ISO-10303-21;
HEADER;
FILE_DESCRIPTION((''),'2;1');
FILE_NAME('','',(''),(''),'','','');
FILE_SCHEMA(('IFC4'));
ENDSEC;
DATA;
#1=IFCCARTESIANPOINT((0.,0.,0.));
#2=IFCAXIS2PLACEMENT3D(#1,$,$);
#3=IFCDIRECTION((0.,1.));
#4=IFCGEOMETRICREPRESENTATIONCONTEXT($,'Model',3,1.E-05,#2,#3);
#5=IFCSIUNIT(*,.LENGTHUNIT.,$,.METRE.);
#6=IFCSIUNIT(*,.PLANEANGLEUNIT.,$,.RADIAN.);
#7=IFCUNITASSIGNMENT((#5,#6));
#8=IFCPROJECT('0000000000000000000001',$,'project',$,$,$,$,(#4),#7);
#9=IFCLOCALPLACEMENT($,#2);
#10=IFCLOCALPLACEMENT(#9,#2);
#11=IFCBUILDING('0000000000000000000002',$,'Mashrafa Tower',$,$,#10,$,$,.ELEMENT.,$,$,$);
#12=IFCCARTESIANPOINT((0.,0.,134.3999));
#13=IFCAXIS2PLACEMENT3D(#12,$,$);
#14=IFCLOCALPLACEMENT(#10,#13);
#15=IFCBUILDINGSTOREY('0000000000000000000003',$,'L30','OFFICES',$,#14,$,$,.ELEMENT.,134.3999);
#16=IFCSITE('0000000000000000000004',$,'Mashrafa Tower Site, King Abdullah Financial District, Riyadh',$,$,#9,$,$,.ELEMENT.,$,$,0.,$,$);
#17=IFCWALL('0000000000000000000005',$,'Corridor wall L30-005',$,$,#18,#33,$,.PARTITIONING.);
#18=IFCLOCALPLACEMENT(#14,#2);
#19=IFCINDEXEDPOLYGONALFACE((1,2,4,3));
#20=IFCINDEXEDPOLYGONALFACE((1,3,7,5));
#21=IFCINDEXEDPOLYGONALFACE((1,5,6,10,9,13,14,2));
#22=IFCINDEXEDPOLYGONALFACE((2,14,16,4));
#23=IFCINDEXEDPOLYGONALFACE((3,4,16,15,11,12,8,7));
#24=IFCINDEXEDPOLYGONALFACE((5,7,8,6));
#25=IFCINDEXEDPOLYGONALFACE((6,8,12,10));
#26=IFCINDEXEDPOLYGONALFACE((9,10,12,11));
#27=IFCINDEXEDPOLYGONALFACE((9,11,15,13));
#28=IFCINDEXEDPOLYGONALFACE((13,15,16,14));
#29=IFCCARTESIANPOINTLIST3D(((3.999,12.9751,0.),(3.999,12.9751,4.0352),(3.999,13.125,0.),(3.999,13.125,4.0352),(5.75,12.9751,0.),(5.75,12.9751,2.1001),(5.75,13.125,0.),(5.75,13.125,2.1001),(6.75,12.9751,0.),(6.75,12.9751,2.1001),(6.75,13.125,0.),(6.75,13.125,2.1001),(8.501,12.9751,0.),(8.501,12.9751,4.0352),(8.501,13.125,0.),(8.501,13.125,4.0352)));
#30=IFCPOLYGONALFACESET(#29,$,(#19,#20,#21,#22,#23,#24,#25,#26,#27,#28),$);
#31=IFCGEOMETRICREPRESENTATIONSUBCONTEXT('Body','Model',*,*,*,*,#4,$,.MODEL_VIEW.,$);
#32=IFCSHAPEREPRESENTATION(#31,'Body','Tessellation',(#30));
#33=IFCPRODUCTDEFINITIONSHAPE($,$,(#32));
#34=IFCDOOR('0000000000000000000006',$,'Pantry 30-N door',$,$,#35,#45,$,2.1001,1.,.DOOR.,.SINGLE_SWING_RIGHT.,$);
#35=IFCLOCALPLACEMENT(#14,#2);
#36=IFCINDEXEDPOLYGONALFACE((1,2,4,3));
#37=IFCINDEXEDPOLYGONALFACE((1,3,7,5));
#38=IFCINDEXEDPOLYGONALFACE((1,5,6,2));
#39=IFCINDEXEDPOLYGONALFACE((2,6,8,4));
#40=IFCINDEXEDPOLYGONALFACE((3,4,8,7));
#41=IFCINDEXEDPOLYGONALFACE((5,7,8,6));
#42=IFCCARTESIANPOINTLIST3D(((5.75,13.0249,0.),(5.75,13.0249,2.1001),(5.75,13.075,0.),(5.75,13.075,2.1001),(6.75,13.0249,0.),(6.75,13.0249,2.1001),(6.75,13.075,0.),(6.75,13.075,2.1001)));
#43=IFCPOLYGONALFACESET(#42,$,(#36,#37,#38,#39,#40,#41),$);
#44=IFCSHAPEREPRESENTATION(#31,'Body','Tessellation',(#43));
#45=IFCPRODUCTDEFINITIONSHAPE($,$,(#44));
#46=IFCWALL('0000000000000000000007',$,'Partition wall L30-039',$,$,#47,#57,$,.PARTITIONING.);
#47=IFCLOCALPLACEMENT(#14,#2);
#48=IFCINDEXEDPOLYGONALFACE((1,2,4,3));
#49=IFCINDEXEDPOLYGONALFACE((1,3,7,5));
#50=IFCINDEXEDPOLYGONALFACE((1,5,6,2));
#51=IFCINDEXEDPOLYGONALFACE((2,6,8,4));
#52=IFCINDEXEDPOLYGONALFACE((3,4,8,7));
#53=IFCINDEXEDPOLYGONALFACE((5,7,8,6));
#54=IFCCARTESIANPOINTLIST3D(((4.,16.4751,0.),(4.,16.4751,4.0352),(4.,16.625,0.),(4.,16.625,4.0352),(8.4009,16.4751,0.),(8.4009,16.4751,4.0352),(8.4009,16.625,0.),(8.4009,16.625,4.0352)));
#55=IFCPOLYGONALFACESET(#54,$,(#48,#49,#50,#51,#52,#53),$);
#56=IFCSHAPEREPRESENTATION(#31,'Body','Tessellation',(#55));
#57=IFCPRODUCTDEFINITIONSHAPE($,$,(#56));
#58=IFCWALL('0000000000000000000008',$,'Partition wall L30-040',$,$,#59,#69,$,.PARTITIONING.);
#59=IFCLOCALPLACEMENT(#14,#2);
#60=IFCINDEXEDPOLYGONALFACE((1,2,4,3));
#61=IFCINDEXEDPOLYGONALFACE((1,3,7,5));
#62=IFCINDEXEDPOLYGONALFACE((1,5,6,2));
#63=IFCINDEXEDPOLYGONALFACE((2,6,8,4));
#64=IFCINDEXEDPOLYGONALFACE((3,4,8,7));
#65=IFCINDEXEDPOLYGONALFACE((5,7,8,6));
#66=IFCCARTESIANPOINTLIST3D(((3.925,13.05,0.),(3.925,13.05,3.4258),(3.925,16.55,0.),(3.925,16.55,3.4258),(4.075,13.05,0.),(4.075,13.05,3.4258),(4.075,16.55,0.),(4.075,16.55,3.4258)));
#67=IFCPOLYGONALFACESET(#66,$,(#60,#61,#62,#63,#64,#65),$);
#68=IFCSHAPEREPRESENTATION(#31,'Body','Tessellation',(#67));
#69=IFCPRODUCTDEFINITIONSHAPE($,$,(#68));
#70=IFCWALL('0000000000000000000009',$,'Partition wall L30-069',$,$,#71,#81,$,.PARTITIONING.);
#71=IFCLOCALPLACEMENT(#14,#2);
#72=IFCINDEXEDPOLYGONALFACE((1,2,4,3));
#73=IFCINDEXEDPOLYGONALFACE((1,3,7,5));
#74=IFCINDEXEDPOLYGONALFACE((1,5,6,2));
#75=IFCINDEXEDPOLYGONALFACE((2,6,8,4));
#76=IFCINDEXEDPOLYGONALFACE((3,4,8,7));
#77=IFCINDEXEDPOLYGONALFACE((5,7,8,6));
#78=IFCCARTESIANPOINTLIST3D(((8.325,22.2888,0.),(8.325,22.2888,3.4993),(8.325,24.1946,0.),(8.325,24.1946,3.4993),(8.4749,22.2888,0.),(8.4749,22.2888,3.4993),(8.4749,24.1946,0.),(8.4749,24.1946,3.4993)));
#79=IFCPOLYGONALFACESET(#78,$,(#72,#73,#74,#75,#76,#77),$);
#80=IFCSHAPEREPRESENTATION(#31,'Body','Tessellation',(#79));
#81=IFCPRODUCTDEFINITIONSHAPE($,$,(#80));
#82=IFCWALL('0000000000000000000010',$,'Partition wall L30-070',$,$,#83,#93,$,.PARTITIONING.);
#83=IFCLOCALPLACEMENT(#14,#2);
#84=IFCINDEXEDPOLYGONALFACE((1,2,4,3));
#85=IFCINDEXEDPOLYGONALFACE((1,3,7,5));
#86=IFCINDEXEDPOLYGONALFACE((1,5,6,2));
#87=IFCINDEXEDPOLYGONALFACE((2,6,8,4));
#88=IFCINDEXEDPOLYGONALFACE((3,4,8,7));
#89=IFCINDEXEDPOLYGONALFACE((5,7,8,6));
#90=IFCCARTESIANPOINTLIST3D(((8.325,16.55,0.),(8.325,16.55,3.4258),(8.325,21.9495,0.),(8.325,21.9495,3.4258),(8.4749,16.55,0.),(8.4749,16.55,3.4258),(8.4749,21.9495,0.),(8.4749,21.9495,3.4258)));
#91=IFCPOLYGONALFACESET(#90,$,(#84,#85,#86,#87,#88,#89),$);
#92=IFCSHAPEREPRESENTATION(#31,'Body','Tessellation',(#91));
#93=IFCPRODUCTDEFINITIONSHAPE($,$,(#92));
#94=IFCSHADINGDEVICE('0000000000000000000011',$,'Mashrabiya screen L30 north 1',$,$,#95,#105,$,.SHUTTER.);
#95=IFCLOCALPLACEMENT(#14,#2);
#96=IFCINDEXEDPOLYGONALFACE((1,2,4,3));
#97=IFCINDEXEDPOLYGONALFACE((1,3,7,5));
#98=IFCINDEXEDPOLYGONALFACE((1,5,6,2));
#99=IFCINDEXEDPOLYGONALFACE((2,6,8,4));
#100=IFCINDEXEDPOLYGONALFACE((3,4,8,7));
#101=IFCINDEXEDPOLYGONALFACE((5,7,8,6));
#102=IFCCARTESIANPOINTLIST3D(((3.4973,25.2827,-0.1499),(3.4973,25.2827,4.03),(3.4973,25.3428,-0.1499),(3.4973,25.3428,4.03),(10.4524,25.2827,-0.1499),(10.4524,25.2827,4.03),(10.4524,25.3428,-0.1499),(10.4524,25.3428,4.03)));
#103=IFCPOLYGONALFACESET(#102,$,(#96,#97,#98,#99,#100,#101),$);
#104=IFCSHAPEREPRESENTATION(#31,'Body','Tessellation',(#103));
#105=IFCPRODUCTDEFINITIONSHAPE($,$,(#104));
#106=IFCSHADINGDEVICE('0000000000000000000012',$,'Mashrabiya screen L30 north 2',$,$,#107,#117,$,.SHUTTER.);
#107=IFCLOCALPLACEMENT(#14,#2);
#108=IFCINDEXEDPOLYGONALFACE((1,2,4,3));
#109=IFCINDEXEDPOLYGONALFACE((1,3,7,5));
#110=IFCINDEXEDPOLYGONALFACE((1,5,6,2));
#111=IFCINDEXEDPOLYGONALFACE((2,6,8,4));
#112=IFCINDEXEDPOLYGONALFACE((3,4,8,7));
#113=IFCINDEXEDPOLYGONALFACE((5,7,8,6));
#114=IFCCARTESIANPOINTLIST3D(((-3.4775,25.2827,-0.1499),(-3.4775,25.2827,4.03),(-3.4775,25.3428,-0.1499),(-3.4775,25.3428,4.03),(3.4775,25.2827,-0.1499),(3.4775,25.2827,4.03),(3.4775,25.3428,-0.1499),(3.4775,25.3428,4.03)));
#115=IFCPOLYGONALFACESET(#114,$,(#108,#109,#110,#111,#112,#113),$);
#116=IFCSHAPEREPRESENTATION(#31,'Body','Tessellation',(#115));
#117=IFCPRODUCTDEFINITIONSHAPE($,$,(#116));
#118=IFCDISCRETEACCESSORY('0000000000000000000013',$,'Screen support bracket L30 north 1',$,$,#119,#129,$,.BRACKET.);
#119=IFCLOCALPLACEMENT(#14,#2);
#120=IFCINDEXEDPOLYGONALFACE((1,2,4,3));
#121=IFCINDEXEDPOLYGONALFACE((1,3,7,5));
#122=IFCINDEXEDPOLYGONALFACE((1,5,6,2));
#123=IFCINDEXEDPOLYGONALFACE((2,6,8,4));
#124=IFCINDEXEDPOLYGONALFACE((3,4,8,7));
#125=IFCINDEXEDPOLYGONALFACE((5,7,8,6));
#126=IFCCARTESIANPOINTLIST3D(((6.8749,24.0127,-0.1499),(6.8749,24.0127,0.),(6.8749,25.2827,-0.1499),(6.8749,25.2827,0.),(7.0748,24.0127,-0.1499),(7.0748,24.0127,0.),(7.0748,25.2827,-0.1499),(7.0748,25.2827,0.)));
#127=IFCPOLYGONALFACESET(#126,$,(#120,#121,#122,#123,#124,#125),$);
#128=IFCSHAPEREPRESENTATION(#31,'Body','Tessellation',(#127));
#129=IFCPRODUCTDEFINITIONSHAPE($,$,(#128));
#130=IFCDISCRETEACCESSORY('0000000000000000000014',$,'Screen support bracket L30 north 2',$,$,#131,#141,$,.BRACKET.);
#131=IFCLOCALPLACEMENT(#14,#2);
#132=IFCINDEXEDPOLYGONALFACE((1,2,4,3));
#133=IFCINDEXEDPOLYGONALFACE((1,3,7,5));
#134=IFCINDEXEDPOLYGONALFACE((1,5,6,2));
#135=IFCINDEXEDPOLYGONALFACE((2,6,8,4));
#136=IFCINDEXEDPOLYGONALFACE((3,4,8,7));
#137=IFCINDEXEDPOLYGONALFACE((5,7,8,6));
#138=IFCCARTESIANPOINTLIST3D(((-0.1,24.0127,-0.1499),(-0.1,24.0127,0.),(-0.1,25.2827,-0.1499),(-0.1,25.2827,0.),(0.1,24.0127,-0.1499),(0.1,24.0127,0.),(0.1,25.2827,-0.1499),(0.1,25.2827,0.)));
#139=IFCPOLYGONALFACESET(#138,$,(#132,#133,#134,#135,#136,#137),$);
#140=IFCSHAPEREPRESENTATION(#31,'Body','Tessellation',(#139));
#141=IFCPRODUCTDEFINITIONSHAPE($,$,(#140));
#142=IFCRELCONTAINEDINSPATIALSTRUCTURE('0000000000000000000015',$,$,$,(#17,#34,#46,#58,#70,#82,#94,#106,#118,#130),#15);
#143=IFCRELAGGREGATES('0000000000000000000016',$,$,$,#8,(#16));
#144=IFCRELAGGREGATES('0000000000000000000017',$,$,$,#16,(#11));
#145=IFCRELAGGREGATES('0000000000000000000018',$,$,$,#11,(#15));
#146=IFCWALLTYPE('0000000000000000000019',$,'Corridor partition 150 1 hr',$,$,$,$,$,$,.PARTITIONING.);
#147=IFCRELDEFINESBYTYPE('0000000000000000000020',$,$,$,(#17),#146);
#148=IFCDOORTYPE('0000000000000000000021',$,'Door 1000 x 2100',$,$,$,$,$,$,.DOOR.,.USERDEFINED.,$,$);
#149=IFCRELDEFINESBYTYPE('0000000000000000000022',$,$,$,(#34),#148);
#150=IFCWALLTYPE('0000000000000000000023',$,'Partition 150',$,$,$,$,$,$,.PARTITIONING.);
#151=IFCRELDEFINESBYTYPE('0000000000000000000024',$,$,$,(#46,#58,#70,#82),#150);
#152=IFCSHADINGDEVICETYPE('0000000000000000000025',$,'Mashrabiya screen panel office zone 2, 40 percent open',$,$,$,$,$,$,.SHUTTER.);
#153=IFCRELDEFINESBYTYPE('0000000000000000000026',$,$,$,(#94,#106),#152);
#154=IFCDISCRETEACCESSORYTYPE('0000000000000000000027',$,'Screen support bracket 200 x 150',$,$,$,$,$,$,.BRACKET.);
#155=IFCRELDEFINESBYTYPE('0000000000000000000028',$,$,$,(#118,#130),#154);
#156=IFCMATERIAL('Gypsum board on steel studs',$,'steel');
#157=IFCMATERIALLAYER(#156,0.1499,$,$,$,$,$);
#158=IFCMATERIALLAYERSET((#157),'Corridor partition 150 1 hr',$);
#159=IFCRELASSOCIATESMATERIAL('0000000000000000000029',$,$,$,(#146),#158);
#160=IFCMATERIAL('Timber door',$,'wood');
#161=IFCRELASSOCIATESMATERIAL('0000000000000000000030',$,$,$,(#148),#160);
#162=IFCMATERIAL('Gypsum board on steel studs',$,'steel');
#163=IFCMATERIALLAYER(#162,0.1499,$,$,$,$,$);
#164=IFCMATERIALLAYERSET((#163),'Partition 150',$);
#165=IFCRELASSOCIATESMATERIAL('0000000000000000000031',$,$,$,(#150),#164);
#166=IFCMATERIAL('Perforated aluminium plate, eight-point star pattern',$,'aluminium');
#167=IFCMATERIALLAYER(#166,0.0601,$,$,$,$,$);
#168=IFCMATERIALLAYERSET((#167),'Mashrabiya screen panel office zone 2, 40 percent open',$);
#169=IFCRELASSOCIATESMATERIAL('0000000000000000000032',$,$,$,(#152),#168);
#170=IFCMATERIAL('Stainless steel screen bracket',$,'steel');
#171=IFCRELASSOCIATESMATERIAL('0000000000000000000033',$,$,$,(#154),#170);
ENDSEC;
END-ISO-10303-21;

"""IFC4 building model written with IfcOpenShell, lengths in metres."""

from ifc_helpers import new_model, si_unit, direction, frame, frame_2d, origin, origin_2d, place, context, subcontext, project, spatial, rectangle, extrude, source, transform, mapped, material, layer, layer_set, type_object, type_shapes, element, fill, save


model = new_model("IFC4")

# Units and contexts
model_context = context("Model", 3, precision=1e-05, world=origin(), true_north=direction((0.0, 1.0)))
body_context = subcontext(model_context, "Body", "Model", "MODEL_VIEW")
ifc_project = project(units=[si_unit("LENGTHUNIT", "METRE"), si_unit("PLANEANGLEUNIT", "RADIAN")], contexts=[model_context])

# Site, building, storey
site_placement = place(None, origin())
site = spatial("IfcSite", under=ifc_project, at=site_placement, Name="Mashrafa Tower Site, King Abdullah Financial District, Riyadh", CompositionType="ELEMENT", RefElevation=0.0)
building_placement = place(site_placement, origin())
building = spatial("IfcBuilding", under=site, at=building_placement, Name="Mashrafa Tower", CompositionType="ELEMENT")
storey_placement = place(building_placement, frame((0.0, 0.0, 134.3999)))
storey = spatial("IfcBuildingStorey", under=building, at=storey_placement, Name="L30", Description="OFFICES", CompositionType="ELEMENT", Elevation=134.3999)

# Wall, opening, door
ifc_material_1 = material(Name="Gypsum board on steel studs", Category="steel")
ifc_layer_1 = layer(ifc_material_1, 0.1499)
ifc_layer_set_1 = layer_set([ifc_layer_1], Name="Corridor partition 150 1 hr")
wall_type_1 = type_object("IfcWallType", Name="Corridor partition 150 1 hr", PredefinedType="PARTITIONING", material=ifc_layer_set_1)
wall_1_placement = place(storey_placement, frame((8.501, 13.05, 0.0), z_axis=(0.0, 0.0, 1.0), x_axis=(-1.0, 0.0, 0.0)))
wall_1 = element("IfcWall", 1, at=wall_1_placement, inside=storey, type_object=wall_type_1, Name="Corridor wall L30-005", PredefinedType="PARTITIONING", context=body_context, shape_type="SweptSolid", body=[
    extrude(rectangle(XDim=4.502, YDim=0.1499, at=frame_2d((2.251, 0.0))), origin(), (0.0, 0.0, 1.0), 4.0352),
])
opening_placement = place(wall_1_placement, frame((1.751, 0.0, 0.0)))
opening = element("IfcOpeningElement", 2, at=opening_placement, cuts=wall_1, PredefinedType="OPENING", context=body_context, shape_type="SweptSolid", body=[
    extrude(rectangle(XDim=1.0, YDim=2.1001, at=frame_2d((0.5, 1.05))), frame((0.0, 0.085, 0.0), z_axis=(0.0, -1.0, 0.0), x_axis=(1.0, 0.0, 0.0)), (0.0, 0.0, 1.0), 0.1699),
])
ifc_material_2 = material(Name="Timber door", Category="wood")
door_type = type_object("IfcDoorType", Name="Door 1000 x 2100", OperationType="USERDEFINED", PredefinedType="DOOR", material=ifc_material_2)
door_placement = place(opening_placement, frame((1.0, 0.0, 0.0), z_axis=(0.0, 0.0, 1.0), x_axis=(-1.0, 0.0, 0.0)))
door = element("IfcDoor", 3, at=door_placement, inside=storey, type_object=door_type, Name="Pantry 30-N door", OperationType="SINGLE_SWING_RIGHT", OverallHeight=2.1001, OverallWidth=1.0, PredefinedType="DOOR", context=body_context, shape_type="SweptSolid", body=[
    extrude(rectangle(XDim=1.0, YDim=2.1001, at=frame_2d((0.5, 1.05))), frame((0.0, 0.0249, 0.0), z_axis=(0.0, -1.0, 0.0), x_axis=(1.0, 0.0, 0.0)), (0.0, 0.0, 1.0), 0.05),
])
fill(opening, door)

# Walls
ifc_material_3 = material(Name="Gypsum board on steel studs", Category="steel")
ifc_layer_2 = layer(ifc_material_3, 0.1499)
ifc_layer_set_2 = layer_set([ifc_layer_2], Name="Partition 150")
wall_type_2 = type_object("IfcWallType", Name="Partition 150", PredefinedType="PARTITIONING", material=ifc_layer_set_2)
wall_2_placement = place(storey_placement, frame((8.4009, 16.55, 0.0), z_axis=(0.0, 0.0, 1.0), x_axis=(-1.0, 0.0, 0.0)))
element("IfcWall", 4, at=wall_2_placement, inside=storey, type_object=wall_type_2, Name="Partition wall L30-039", PredefinedType="PARTITIONING", context=body_context, shape_type="SweptSolid", body=[
    extrude(rectangle(XDim=4.4009, YDim=0.1499, at=frame_2d((2.2004, 0.0))), origin(), (0.0, 0.0, 1.0), 4.0352),
])
wall_3_placement = place(storey_placement, frame((4.0, 16.55, 0.0), z_axis=(0.0, 0.0, 1.0), x_axis=(0.0, -1.0, 0.0)))
element("IfcWall", 5, at=wall_3_placement, inside=storey, type_object=wall_type_2, Name="Partition wall L30-040", PredefinedType="PARTITIONING", context=body_context, shape_type="SweptSolid", body=[
    extrude(rectangle(XDim=3.5, YDim=0.1499, at=frame_2d((1.75, 0.0))), origin(), (0.0, 0.0, 1.0), 3.4258),
])
wall_4_placement = place(storey_placement, frame((8.3999, 24.1946, 0.0), z_axis=(0.0, 0.0, 1.0), x_axis=(0.0, -1.0, 0.0)))
element("IfcWall", 6, at=wall_4_placement, inside=storey, type_object=wall_type_2, Name="Partition wall L30-069", PredefinedType="PARTITIONING", context=body_context, shape_type="SweptSolid", body=[
    extrude(rectangle(XDim=1.9058, YDim=0.1499, at=frame_2d((0.9529, 0.0))), origin(), (0.0, 0.0, 1.0), 3.4993),
])
wall_5_placement = place(storey_placement, frame((8.3999, 21.9495, 0.0), z_axis=(0.0, 0.0, 1.0), x_axis=(0.0, -1.0, 0.0)))
element("IfcWall", 7, at=wall_5_placement, inside=storey, type_object=wall_type_2, Name="Partition wall L30-070", PredefinedType="PARTITIONING", context=body_context, shape_type="SweptSolid", body=[
    extrude(rectangle(XDim=5.3994, YDim=0.1499, at=frame_2d((2.6997, 0.0))), origin(), (0.0, 0.0, 1.0), 3.4258),
])

# Shading devices
ifc_material_4 = material(Name="Perforated aluminium plate, eight-point star pattern", Category="aluminium")
ifc_layer_3 = layer(ifc_material_4, 0.0601)
ifc_layer_set_3 = layer_set([ifc_layer_3], Name="Mashrabiya screen panel office zone 2, 40 percent open")
shading_device_type = type_object("IfcShadingDeviceType", Name="Mashrabiya screen panel office zone 2, 40 percent open", PredefinedType="SHUTTER", material=ifc_layer_set_3)
shared_shape_1 = source(origin(), body_context, "Body", "SweptSolid", [
    extrude(rectangle(XDim=6.9551, YDim=0.0601, at=origin_2d()), origin(), (0.0, 0.0, 1.0), 4.1799),
])
type_shapes(shading_device_type, [shared_shape_1])
for number, where, z_axis, x_axis, name in (
    (8, (6.9749, 25.3127, -0.1499), (0.0, 0.0, 1.0), (-1.0, 0.0, 0.0), "Mashrabiya screen L30 north 1"),
    (9, (0.0, 25.3127, -0.1499), (0.0, 0.0, 1.0), (-1.0, 0.0, 0.0), "Mashrabiya screen L30 north 2"),
):
    element("IfcShadingDevice", number, at=place(storey_placement, frame(where, z_axis=z_axis, x_axis=x_axis)), inside=storey, type_object=shading_device_type, Name=name, PredefinedType="SHUTTER", context=body_context, shape_type="MappedRepresentation", body=[
        mapped(shared_shape_1, transform((0.0, 0.0, 0.0))),
    ])

# Discrete accessories
ifc_material_5 = material(Name="Stainless steel screen bracket", Category="steel")
discrete_accessory_type = type_object("IfcDiscreteAccessoryType", Name="Screen support bracket 200 x 150", PredefinedType="BRACKET", material=ifc_material_5)
shared_shape_2 = source(origin(), body_context, "Body", "SweptSolid", [
    extrude(rectangle(XDim=0.2, YDim=1.27, at=origin_2d()), origin(), (0.0, 0.0, 1.0), 0.1499),
])
type_shapes(discrete_accessory_type, [shared_shape_2])
for number, where, z_axis, x_axis, name in (
    (10, (6.9749, 24.6477, -0.1499), (0.0, 0.0, 1.0), (-1.0, 0.0, 0.0), "Screen support bracket L30 north 1"),
    (11, (0.0, 24.6477, -0.1499), (0.0, 0.0, 1.0), (-1.0, 0.0, 0.0), "Screen support bracket L30 north 2"),
):
    element("IfcDiscreteAccessory", number, at=place(storey_placement, frame(where, z_axis=z_axis, x_axis=x_axis)), inside=storey, type_object=discrete_accessory_type, Name=name, PredefinedType="BRACKET", context=body_context, shape_type="MappedRepresentation", body=[
        mapped(shared_shape_2, transform((0.0, 0.0, 0.0))),
    ])

save(model, "model.ifc")
